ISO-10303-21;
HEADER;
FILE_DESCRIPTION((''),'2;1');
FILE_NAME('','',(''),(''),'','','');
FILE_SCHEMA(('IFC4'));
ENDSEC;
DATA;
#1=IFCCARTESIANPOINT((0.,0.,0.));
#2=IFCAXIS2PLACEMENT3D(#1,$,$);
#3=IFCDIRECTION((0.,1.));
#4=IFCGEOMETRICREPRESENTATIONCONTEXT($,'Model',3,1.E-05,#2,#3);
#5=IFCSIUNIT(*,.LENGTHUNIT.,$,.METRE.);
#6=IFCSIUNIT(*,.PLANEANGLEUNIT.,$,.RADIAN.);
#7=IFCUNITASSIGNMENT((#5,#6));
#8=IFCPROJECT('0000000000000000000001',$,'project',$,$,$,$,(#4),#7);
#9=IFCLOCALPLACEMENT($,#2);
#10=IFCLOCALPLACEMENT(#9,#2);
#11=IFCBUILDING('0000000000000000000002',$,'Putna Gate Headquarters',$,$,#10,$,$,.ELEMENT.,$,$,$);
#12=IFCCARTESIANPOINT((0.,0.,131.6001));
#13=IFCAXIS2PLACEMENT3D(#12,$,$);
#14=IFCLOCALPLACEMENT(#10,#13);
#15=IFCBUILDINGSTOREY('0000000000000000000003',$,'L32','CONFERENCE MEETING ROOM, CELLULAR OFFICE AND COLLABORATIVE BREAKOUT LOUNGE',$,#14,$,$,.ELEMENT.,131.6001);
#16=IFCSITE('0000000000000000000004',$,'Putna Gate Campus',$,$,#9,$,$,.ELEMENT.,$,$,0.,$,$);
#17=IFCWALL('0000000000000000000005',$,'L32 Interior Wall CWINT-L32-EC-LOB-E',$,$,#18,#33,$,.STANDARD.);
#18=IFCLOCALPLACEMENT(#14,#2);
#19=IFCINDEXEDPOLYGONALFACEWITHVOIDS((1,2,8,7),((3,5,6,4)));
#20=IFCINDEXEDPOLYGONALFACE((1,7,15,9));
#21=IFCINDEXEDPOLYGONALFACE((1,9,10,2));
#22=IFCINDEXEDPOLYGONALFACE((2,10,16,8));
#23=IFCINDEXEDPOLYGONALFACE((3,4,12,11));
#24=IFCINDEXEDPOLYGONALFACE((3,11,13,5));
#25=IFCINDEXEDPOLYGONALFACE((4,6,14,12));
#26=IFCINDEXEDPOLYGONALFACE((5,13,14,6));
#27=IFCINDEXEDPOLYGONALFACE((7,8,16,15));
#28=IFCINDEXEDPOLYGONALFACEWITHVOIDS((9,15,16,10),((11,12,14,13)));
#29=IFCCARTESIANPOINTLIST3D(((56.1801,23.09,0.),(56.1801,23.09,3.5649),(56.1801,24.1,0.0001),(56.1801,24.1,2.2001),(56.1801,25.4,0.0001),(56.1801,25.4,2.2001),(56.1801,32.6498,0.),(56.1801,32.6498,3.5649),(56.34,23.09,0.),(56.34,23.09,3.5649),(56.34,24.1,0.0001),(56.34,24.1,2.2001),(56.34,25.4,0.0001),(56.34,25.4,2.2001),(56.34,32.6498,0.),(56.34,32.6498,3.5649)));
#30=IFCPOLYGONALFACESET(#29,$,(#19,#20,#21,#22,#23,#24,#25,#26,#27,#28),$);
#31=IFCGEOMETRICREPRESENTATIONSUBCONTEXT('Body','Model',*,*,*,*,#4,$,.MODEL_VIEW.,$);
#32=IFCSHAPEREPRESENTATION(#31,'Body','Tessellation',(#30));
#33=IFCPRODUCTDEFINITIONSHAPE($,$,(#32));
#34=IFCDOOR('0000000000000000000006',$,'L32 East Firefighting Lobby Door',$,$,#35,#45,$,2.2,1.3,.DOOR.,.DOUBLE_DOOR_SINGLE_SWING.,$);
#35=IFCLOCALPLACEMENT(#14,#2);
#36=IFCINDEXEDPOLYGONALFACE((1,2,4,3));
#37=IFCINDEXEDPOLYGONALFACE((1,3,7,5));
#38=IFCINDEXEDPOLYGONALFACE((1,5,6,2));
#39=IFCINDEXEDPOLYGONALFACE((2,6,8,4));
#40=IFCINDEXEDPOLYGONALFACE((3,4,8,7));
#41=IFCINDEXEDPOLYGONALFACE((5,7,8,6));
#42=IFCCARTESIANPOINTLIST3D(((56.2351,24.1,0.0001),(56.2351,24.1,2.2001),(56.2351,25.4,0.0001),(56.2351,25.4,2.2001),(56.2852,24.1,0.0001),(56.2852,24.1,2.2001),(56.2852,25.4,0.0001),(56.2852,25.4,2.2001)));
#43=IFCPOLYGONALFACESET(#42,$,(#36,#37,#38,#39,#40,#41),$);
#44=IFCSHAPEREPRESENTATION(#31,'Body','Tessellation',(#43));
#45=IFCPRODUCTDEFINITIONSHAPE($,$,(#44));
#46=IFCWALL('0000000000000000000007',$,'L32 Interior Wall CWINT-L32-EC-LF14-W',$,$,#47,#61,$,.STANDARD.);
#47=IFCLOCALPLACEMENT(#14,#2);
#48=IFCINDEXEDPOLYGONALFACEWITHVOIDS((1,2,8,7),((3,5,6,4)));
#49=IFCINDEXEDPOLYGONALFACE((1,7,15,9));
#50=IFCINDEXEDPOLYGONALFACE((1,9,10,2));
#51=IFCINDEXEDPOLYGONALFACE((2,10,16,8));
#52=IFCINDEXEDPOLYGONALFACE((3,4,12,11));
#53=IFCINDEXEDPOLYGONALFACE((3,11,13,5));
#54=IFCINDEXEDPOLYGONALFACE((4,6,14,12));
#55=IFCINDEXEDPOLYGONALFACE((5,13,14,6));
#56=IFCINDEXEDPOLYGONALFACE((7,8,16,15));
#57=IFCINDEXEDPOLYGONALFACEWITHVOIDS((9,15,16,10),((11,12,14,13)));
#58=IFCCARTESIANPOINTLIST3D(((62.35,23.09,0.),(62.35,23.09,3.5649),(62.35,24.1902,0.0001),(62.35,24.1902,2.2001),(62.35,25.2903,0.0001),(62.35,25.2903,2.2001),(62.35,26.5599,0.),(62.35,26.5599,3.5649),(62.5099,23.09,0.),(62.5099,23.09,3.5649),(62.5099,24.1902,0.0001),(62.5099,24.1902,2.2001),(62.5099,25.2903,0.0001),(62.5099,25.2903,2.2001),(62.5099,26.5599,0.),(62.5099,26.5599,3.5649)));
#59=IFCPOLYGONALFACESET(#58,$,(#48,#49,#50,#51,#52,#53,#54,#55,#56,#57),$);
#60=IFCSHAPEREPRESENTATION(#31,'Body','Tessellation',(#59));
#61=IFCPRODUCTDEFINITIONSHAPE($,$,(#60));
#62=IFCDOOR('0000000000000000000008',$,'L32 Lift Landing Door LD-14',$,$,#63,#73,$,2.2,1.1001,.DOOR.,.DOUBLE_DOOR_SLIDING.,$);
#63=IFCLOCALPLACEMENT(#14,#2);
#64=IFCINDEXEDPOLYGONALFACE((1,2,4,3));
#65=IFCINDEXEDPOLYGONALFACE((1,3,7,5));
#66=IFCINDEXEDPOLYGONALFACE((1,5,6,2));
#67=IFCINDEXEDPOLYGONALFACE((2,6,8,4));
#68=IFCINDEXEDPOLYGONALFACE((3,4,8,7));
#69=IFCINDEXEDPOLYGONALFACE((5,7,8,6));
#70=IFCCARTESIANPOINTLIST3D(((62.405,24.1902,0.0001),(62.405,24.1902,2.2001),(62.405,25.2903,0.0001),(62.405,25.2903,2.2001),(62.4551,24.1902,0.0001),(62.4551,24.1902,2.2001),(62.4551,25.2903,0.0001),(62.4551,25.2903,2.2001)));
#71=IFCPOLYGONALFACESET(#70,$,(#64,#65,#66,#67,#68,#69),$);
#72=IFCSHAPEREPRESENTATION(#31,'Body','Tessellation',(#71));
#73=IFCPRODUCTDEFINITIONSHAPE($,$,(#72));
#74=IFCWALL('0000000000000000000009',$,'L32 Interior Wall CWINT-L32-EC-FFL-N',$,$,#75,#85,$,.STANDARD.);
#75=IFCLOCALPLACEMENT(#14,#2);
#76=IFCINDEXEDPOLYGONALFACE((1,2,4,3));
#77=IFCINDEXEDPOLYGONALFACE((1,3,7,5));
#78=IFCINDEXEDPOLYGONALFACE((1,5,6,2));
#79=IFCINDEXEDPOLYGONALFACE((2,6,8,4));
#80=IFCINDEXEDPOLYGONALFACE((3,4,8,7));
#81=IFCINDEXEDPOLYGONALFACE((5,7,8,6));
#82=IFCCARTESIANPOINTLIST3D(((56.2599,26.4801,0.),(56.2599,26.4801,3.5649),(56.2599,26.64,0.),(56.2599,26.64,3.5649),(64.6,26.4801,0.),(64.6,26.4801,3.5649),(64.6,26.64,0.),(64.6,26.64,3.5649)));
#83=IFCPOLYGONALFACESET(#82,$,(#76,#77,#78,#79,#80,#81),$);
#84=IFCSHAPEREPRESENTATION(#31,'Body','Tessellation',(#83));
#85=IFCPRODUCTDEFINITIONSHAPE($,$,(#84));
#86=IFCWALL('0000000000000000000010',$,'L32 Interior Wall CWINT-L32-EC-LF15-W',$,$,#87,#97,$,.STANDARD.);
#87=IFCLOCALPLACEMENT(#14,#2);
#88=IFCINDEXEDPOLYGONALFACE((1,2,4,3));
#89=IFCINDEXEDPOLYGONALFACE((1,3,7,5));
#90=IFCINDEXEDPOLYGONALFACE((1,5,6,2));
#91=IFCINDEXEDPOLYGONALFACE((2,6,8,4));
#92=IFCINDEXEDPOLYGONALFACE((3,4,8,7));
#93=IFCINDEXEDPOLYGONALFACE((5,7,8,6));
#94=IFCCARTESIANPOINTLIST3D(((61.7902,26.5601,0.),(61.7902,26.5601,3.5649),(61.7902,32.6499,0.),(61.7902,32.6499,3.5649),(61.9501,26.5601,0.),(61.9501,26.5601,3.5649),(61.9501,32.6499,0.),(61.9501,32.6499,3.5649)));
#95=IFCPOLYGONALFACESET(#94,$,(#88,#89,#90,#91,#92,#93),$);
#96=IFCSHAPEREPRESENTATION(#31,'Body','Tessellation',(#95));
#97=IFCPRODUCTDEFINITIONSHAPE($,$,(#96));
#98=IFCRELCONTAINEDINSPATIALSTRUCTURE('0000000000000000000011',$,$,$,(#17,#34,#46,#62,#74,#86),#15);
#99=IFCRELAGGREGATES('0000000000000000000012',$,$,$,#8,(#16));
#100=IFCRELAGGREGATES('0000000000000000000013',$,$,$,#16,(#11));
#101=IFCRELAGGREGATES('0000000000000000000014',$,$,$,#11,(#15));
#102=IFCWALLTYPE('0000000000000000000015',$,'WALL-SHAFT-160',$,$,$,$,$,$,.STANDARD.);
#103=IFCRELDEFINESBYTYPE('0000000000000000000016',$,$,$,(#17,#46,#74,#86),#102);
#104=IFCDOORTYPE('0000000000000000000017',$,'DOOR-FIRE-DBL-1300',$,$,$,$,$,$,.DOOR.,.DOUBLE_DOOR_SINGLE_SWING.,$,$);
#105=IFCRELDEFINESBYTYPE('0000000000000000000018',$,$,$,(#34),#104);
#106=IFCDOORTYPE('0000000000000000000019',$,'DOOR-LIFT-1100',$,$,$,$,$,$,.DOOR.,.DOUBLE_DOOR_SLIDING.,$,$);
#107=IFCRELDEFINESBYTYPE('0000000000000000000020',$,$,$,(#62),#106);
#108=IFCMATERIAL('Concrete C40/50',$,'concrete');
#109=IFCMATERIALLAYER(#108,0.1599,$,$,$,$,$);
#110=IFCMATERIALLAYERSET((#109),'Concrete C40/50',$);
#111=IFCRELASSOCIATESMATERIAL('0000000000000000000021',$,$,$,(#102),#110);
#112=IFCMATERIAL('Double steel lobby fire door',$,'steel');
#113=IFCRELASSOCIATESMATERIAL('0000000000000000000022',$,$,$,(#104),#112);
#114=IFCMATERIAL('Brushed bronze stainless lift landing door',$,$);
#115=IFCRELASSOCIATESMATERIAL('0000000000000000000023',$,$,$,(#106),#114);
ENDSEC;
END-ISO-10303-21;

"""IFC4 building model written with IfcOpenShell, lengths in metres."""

from ifc_helpers import new_model, si_unit, direction, frame, frame_2d, origin, place, context, subcontext, project, spatial, rectangle, extrude, material, layer, layer_set, type_object, element, fill, save


model = new_model("IFC4")

# Units and contexts
model_context = context("Model", 3, precision=1e-05, world=origin(), true_north=direction((0.0, 1.0)))
body_context = subcontext(model_context, "Body", "Model", "MODEL_VIEW")
ifc_project = project(units=[si_unit("LENGTHUNIT", "METRE"), si_unit("PLANEANGLEUNIT", "RADIAN")], contexts=[model_context])

# Site, building, storey
site_placement = place(None, origin())
site = spatial("IfcSite", under=ifc_project, at=site_placement, Name="Putna Gate Campus", CompositionType="ELEMENT", RefElevation=0.0)
building_placement = place(site_placement, origin())
building = spatial("IfcBuilding", under=site, at=building_placement, Name="Putna Gate Headquarters", CompositionType="ELEMENT")
storey_placement = place(building_placement, frame((0.0, 0.0, 131.6001)))
storey = spatial("IfcBuildingStorey", under=building, at=storey_placement, Name="L32", Description="CONFERENCE MEETING ROOM, CELLULAR OFFICE AND COLLABORATIVE BREAKOUT LOUNGE", CompositionType="ELEMENT", Elevation=131.6001)

# Walls, openings, doors
ifc_material_1 = material(Name="Concrete C40/50", Category="concrete")
ifc_layer_1 = layer(ifc_material_1, 0.1599)
ifc_layer_set_1 = layer_set([ifc_layer_1], Name="Concrete C40/50")
wall_type_1 = type_object("IfcWallType", Name="WALL-SHAFT-160", PredefinedType="STANDARD", material=ifc_layer_set_1)
wall_1_placement = place(storey_placement, frame((56.26, 23.0901, 0.0), z_axis=(0.0, 0.0, 1.0), x_axis=(0.0, 1.0, 0.0)))
wall_1 = element("IfcWall", 1, at=wall_1_placement, inside=storey, type_object=wall_type_1, Name="L32 Interior Wall CWINT-L32-EC-LOB-E", PredefinedType="STANDARD", context=body_context, shape_type="SweptSolid", body=[
    extrude(rectangle(XDim=9.5598, YDim=0.1599, at=frame_2d((4.7798, 0.0))), origin(), (0.0, 0.0, 1.0), 3.5649),
])
opening_1_placement = place(wall_1_placement, frame((1.01, 0.0, 0.0)))
opening_1 = element("IfcOpeningElement", 2, at=opening_1_placement, cuts=wall_1, PredefinedType="OPENING", context=body_context, shape_type="SweptSolid", body=[
    extrude(rectangle(XDim=1.3, YDim=2.2, at=frame_2d((0.6499, 1.1001))), frame((0.0, 0.0898, 0.0), z_axis=(0.0, -1.0, 0.0), x_axis=(1.0, 0.0, 0.0)), (0.0, 0.0, 1.0), 0.1799),
])
ifc_material_2 = material(Name="Double steel lobby fire door", Category="steel")
door_type_1 = type_object("IfcDoorType", Name="DOOR-FIRE-DBL-1300", OperationType="DOUBLE_DOOR_SINGLE_SWING", PredefinedType="DOOR", material=ifc_material_2)
door_1_placement = place(opening_1_placement, origin())
door_1 = element("IfcDoor", 3, at=door_1_placement, inside=storey, type_object=door_type_1, Name="L32 East Firefighting Lobby Door", OperationType="DOUBLE_DOOR_SINGLE_SWING", OverallHeight=2.2, OverallWidth=1.3, PredefinedType="DOOR", context=body_context, shape_type="SweptSolid", body=[
    extrude(rectangle(XDim=1.3, YDim=2.2, at=frame_2d((0.6499, 1.1001))), frame((0.0, 0.0249, 0.0), z_axis=(0.0, -1.0, 0.0), x_axis=(1.0, 0.0, 0.0)), (0.0, 0.0, 1.0), 0.05),
])
fill(opening_1, door_1)
wall_2_placement = place(storey_placement, frame((62.4299, 23.0901, 0.0), z_axis=(0.0, 0.0, 1.0), x_axis=(0.0, 1.0, 0.0)))
wall_2 = element("IfcWall", 4, at=wall_2_placement, inside=storey, type_object=wall_type_1, Name="L32 Interior Wall CWINT-L32-EC-LF14-W", PredefinedType="STANDARD", context=body_context, shape_type="SweptSolid", body=[
    extrude(rectangle(XDim=3.47, YDim=0.1599, at=frame_2d((1.7349, 0.0))), origin(), (0.0, 0.0, 1.0), 3.5649),
])
opening_2_placement = place(wall_2_placement, frame((1.1001, 0.0, 0.0)))
opening_2 = element("IfcOpeningElement", 5, at=opening_2_placement, cuts=wall_2, PredefinedType="OPENING", context=body_context, shape_type="SweptSolid", body=[
    extrude(rectangle(XDim=1.1001, YDim=2.2, at=frame_2d((0.55, 1.1001))), frame((0.0, 0.0898, 0.0), z_axis=(0.0, -1.0, 0.0), x_axis=(1.0, 0.0, 0.0)), (0.0, 0.0, 1.0), 0.1799),
])
ifc_material_3 = material(Name="Brushed bronze stainless lift landing door")
door_type_2 = type_object("IfcDoorType", Name="DOOR-LIFT-1100", OperationType="DOUBLE_DOOR_SLIDING", PredefinedType="DOOR", material=ifc_material_3)
door_2_placement = place(opening_2_placement, origin())
door_2 = element("IfcDoor", 6, at=door_2_placement, inside=storey, type_object=door_type_2, Name="L32 Lift Landing Door LD-14", OperationType="DOUBLE_DOOR_SLIDING", OverallHeight=2.2, OverallWidth=1.1001, PredefinedType="DOOR", context=body_context, shape_type="SweptSolid", body=[
    extrude(rectangle(XDim=1.1001, YDim=2.2, at=frame_2d((0.55, 1.1001))), frame((0.0, 0.0249, 0.0), z_axis=(0.0, -1.0, 0.0), x_axis=(1.0, 0.0, 0.0)), (0.0, 0.0, 1.0), 0.05),
])
fill(opening_2, door_2)

# Walls
wall_3_placement = place(storey_placement, frame((56.26, 26.5601, 0.0), z_axis=(0.0, 0.0, 1.0), x_axis=(1.0, 0.0, 0.0)))
element("IfcWall", 7, at=wall_3_placement, inside=storey, type_object=wall_type_1, Name="L32 Interior Wall CWINT-L32-EC-FFL-N", PredefinedType="STANDARD", context=body_context, shape_type="SweptSolid", body=[
    extrude(rectangle(XDim=8.3401, YDim=0.1599, at=frame_2d((4.1699, 0.0))), origin(), (0.0, 0.0, 1.0), 3.5649),
])
wall_4_placement = place(storey_placement, frame((61.8701, 26.5601, 0.0), z_axis=(0.0, 0.0, 1.0), x_axis=(0.0, 1.0, 0.0)))
element("IfcWall", 8, at=wall_4_placement, inside=storey, type_object=wall_type_1, Name="L32 Interior Wall CWINT-L32-EC-LF15-W", PredefinedType="STANDARD", context=body_context, shape_type="SweptSolid", body=[
    extrude(rectangle(XDim=6.0898, YDim=0.1599, at=frame_2d((3.0449, 0.0))), origin(), (0.0, 0.0, 1.0), 3.5649),
])

save(model, "model.ifc")
